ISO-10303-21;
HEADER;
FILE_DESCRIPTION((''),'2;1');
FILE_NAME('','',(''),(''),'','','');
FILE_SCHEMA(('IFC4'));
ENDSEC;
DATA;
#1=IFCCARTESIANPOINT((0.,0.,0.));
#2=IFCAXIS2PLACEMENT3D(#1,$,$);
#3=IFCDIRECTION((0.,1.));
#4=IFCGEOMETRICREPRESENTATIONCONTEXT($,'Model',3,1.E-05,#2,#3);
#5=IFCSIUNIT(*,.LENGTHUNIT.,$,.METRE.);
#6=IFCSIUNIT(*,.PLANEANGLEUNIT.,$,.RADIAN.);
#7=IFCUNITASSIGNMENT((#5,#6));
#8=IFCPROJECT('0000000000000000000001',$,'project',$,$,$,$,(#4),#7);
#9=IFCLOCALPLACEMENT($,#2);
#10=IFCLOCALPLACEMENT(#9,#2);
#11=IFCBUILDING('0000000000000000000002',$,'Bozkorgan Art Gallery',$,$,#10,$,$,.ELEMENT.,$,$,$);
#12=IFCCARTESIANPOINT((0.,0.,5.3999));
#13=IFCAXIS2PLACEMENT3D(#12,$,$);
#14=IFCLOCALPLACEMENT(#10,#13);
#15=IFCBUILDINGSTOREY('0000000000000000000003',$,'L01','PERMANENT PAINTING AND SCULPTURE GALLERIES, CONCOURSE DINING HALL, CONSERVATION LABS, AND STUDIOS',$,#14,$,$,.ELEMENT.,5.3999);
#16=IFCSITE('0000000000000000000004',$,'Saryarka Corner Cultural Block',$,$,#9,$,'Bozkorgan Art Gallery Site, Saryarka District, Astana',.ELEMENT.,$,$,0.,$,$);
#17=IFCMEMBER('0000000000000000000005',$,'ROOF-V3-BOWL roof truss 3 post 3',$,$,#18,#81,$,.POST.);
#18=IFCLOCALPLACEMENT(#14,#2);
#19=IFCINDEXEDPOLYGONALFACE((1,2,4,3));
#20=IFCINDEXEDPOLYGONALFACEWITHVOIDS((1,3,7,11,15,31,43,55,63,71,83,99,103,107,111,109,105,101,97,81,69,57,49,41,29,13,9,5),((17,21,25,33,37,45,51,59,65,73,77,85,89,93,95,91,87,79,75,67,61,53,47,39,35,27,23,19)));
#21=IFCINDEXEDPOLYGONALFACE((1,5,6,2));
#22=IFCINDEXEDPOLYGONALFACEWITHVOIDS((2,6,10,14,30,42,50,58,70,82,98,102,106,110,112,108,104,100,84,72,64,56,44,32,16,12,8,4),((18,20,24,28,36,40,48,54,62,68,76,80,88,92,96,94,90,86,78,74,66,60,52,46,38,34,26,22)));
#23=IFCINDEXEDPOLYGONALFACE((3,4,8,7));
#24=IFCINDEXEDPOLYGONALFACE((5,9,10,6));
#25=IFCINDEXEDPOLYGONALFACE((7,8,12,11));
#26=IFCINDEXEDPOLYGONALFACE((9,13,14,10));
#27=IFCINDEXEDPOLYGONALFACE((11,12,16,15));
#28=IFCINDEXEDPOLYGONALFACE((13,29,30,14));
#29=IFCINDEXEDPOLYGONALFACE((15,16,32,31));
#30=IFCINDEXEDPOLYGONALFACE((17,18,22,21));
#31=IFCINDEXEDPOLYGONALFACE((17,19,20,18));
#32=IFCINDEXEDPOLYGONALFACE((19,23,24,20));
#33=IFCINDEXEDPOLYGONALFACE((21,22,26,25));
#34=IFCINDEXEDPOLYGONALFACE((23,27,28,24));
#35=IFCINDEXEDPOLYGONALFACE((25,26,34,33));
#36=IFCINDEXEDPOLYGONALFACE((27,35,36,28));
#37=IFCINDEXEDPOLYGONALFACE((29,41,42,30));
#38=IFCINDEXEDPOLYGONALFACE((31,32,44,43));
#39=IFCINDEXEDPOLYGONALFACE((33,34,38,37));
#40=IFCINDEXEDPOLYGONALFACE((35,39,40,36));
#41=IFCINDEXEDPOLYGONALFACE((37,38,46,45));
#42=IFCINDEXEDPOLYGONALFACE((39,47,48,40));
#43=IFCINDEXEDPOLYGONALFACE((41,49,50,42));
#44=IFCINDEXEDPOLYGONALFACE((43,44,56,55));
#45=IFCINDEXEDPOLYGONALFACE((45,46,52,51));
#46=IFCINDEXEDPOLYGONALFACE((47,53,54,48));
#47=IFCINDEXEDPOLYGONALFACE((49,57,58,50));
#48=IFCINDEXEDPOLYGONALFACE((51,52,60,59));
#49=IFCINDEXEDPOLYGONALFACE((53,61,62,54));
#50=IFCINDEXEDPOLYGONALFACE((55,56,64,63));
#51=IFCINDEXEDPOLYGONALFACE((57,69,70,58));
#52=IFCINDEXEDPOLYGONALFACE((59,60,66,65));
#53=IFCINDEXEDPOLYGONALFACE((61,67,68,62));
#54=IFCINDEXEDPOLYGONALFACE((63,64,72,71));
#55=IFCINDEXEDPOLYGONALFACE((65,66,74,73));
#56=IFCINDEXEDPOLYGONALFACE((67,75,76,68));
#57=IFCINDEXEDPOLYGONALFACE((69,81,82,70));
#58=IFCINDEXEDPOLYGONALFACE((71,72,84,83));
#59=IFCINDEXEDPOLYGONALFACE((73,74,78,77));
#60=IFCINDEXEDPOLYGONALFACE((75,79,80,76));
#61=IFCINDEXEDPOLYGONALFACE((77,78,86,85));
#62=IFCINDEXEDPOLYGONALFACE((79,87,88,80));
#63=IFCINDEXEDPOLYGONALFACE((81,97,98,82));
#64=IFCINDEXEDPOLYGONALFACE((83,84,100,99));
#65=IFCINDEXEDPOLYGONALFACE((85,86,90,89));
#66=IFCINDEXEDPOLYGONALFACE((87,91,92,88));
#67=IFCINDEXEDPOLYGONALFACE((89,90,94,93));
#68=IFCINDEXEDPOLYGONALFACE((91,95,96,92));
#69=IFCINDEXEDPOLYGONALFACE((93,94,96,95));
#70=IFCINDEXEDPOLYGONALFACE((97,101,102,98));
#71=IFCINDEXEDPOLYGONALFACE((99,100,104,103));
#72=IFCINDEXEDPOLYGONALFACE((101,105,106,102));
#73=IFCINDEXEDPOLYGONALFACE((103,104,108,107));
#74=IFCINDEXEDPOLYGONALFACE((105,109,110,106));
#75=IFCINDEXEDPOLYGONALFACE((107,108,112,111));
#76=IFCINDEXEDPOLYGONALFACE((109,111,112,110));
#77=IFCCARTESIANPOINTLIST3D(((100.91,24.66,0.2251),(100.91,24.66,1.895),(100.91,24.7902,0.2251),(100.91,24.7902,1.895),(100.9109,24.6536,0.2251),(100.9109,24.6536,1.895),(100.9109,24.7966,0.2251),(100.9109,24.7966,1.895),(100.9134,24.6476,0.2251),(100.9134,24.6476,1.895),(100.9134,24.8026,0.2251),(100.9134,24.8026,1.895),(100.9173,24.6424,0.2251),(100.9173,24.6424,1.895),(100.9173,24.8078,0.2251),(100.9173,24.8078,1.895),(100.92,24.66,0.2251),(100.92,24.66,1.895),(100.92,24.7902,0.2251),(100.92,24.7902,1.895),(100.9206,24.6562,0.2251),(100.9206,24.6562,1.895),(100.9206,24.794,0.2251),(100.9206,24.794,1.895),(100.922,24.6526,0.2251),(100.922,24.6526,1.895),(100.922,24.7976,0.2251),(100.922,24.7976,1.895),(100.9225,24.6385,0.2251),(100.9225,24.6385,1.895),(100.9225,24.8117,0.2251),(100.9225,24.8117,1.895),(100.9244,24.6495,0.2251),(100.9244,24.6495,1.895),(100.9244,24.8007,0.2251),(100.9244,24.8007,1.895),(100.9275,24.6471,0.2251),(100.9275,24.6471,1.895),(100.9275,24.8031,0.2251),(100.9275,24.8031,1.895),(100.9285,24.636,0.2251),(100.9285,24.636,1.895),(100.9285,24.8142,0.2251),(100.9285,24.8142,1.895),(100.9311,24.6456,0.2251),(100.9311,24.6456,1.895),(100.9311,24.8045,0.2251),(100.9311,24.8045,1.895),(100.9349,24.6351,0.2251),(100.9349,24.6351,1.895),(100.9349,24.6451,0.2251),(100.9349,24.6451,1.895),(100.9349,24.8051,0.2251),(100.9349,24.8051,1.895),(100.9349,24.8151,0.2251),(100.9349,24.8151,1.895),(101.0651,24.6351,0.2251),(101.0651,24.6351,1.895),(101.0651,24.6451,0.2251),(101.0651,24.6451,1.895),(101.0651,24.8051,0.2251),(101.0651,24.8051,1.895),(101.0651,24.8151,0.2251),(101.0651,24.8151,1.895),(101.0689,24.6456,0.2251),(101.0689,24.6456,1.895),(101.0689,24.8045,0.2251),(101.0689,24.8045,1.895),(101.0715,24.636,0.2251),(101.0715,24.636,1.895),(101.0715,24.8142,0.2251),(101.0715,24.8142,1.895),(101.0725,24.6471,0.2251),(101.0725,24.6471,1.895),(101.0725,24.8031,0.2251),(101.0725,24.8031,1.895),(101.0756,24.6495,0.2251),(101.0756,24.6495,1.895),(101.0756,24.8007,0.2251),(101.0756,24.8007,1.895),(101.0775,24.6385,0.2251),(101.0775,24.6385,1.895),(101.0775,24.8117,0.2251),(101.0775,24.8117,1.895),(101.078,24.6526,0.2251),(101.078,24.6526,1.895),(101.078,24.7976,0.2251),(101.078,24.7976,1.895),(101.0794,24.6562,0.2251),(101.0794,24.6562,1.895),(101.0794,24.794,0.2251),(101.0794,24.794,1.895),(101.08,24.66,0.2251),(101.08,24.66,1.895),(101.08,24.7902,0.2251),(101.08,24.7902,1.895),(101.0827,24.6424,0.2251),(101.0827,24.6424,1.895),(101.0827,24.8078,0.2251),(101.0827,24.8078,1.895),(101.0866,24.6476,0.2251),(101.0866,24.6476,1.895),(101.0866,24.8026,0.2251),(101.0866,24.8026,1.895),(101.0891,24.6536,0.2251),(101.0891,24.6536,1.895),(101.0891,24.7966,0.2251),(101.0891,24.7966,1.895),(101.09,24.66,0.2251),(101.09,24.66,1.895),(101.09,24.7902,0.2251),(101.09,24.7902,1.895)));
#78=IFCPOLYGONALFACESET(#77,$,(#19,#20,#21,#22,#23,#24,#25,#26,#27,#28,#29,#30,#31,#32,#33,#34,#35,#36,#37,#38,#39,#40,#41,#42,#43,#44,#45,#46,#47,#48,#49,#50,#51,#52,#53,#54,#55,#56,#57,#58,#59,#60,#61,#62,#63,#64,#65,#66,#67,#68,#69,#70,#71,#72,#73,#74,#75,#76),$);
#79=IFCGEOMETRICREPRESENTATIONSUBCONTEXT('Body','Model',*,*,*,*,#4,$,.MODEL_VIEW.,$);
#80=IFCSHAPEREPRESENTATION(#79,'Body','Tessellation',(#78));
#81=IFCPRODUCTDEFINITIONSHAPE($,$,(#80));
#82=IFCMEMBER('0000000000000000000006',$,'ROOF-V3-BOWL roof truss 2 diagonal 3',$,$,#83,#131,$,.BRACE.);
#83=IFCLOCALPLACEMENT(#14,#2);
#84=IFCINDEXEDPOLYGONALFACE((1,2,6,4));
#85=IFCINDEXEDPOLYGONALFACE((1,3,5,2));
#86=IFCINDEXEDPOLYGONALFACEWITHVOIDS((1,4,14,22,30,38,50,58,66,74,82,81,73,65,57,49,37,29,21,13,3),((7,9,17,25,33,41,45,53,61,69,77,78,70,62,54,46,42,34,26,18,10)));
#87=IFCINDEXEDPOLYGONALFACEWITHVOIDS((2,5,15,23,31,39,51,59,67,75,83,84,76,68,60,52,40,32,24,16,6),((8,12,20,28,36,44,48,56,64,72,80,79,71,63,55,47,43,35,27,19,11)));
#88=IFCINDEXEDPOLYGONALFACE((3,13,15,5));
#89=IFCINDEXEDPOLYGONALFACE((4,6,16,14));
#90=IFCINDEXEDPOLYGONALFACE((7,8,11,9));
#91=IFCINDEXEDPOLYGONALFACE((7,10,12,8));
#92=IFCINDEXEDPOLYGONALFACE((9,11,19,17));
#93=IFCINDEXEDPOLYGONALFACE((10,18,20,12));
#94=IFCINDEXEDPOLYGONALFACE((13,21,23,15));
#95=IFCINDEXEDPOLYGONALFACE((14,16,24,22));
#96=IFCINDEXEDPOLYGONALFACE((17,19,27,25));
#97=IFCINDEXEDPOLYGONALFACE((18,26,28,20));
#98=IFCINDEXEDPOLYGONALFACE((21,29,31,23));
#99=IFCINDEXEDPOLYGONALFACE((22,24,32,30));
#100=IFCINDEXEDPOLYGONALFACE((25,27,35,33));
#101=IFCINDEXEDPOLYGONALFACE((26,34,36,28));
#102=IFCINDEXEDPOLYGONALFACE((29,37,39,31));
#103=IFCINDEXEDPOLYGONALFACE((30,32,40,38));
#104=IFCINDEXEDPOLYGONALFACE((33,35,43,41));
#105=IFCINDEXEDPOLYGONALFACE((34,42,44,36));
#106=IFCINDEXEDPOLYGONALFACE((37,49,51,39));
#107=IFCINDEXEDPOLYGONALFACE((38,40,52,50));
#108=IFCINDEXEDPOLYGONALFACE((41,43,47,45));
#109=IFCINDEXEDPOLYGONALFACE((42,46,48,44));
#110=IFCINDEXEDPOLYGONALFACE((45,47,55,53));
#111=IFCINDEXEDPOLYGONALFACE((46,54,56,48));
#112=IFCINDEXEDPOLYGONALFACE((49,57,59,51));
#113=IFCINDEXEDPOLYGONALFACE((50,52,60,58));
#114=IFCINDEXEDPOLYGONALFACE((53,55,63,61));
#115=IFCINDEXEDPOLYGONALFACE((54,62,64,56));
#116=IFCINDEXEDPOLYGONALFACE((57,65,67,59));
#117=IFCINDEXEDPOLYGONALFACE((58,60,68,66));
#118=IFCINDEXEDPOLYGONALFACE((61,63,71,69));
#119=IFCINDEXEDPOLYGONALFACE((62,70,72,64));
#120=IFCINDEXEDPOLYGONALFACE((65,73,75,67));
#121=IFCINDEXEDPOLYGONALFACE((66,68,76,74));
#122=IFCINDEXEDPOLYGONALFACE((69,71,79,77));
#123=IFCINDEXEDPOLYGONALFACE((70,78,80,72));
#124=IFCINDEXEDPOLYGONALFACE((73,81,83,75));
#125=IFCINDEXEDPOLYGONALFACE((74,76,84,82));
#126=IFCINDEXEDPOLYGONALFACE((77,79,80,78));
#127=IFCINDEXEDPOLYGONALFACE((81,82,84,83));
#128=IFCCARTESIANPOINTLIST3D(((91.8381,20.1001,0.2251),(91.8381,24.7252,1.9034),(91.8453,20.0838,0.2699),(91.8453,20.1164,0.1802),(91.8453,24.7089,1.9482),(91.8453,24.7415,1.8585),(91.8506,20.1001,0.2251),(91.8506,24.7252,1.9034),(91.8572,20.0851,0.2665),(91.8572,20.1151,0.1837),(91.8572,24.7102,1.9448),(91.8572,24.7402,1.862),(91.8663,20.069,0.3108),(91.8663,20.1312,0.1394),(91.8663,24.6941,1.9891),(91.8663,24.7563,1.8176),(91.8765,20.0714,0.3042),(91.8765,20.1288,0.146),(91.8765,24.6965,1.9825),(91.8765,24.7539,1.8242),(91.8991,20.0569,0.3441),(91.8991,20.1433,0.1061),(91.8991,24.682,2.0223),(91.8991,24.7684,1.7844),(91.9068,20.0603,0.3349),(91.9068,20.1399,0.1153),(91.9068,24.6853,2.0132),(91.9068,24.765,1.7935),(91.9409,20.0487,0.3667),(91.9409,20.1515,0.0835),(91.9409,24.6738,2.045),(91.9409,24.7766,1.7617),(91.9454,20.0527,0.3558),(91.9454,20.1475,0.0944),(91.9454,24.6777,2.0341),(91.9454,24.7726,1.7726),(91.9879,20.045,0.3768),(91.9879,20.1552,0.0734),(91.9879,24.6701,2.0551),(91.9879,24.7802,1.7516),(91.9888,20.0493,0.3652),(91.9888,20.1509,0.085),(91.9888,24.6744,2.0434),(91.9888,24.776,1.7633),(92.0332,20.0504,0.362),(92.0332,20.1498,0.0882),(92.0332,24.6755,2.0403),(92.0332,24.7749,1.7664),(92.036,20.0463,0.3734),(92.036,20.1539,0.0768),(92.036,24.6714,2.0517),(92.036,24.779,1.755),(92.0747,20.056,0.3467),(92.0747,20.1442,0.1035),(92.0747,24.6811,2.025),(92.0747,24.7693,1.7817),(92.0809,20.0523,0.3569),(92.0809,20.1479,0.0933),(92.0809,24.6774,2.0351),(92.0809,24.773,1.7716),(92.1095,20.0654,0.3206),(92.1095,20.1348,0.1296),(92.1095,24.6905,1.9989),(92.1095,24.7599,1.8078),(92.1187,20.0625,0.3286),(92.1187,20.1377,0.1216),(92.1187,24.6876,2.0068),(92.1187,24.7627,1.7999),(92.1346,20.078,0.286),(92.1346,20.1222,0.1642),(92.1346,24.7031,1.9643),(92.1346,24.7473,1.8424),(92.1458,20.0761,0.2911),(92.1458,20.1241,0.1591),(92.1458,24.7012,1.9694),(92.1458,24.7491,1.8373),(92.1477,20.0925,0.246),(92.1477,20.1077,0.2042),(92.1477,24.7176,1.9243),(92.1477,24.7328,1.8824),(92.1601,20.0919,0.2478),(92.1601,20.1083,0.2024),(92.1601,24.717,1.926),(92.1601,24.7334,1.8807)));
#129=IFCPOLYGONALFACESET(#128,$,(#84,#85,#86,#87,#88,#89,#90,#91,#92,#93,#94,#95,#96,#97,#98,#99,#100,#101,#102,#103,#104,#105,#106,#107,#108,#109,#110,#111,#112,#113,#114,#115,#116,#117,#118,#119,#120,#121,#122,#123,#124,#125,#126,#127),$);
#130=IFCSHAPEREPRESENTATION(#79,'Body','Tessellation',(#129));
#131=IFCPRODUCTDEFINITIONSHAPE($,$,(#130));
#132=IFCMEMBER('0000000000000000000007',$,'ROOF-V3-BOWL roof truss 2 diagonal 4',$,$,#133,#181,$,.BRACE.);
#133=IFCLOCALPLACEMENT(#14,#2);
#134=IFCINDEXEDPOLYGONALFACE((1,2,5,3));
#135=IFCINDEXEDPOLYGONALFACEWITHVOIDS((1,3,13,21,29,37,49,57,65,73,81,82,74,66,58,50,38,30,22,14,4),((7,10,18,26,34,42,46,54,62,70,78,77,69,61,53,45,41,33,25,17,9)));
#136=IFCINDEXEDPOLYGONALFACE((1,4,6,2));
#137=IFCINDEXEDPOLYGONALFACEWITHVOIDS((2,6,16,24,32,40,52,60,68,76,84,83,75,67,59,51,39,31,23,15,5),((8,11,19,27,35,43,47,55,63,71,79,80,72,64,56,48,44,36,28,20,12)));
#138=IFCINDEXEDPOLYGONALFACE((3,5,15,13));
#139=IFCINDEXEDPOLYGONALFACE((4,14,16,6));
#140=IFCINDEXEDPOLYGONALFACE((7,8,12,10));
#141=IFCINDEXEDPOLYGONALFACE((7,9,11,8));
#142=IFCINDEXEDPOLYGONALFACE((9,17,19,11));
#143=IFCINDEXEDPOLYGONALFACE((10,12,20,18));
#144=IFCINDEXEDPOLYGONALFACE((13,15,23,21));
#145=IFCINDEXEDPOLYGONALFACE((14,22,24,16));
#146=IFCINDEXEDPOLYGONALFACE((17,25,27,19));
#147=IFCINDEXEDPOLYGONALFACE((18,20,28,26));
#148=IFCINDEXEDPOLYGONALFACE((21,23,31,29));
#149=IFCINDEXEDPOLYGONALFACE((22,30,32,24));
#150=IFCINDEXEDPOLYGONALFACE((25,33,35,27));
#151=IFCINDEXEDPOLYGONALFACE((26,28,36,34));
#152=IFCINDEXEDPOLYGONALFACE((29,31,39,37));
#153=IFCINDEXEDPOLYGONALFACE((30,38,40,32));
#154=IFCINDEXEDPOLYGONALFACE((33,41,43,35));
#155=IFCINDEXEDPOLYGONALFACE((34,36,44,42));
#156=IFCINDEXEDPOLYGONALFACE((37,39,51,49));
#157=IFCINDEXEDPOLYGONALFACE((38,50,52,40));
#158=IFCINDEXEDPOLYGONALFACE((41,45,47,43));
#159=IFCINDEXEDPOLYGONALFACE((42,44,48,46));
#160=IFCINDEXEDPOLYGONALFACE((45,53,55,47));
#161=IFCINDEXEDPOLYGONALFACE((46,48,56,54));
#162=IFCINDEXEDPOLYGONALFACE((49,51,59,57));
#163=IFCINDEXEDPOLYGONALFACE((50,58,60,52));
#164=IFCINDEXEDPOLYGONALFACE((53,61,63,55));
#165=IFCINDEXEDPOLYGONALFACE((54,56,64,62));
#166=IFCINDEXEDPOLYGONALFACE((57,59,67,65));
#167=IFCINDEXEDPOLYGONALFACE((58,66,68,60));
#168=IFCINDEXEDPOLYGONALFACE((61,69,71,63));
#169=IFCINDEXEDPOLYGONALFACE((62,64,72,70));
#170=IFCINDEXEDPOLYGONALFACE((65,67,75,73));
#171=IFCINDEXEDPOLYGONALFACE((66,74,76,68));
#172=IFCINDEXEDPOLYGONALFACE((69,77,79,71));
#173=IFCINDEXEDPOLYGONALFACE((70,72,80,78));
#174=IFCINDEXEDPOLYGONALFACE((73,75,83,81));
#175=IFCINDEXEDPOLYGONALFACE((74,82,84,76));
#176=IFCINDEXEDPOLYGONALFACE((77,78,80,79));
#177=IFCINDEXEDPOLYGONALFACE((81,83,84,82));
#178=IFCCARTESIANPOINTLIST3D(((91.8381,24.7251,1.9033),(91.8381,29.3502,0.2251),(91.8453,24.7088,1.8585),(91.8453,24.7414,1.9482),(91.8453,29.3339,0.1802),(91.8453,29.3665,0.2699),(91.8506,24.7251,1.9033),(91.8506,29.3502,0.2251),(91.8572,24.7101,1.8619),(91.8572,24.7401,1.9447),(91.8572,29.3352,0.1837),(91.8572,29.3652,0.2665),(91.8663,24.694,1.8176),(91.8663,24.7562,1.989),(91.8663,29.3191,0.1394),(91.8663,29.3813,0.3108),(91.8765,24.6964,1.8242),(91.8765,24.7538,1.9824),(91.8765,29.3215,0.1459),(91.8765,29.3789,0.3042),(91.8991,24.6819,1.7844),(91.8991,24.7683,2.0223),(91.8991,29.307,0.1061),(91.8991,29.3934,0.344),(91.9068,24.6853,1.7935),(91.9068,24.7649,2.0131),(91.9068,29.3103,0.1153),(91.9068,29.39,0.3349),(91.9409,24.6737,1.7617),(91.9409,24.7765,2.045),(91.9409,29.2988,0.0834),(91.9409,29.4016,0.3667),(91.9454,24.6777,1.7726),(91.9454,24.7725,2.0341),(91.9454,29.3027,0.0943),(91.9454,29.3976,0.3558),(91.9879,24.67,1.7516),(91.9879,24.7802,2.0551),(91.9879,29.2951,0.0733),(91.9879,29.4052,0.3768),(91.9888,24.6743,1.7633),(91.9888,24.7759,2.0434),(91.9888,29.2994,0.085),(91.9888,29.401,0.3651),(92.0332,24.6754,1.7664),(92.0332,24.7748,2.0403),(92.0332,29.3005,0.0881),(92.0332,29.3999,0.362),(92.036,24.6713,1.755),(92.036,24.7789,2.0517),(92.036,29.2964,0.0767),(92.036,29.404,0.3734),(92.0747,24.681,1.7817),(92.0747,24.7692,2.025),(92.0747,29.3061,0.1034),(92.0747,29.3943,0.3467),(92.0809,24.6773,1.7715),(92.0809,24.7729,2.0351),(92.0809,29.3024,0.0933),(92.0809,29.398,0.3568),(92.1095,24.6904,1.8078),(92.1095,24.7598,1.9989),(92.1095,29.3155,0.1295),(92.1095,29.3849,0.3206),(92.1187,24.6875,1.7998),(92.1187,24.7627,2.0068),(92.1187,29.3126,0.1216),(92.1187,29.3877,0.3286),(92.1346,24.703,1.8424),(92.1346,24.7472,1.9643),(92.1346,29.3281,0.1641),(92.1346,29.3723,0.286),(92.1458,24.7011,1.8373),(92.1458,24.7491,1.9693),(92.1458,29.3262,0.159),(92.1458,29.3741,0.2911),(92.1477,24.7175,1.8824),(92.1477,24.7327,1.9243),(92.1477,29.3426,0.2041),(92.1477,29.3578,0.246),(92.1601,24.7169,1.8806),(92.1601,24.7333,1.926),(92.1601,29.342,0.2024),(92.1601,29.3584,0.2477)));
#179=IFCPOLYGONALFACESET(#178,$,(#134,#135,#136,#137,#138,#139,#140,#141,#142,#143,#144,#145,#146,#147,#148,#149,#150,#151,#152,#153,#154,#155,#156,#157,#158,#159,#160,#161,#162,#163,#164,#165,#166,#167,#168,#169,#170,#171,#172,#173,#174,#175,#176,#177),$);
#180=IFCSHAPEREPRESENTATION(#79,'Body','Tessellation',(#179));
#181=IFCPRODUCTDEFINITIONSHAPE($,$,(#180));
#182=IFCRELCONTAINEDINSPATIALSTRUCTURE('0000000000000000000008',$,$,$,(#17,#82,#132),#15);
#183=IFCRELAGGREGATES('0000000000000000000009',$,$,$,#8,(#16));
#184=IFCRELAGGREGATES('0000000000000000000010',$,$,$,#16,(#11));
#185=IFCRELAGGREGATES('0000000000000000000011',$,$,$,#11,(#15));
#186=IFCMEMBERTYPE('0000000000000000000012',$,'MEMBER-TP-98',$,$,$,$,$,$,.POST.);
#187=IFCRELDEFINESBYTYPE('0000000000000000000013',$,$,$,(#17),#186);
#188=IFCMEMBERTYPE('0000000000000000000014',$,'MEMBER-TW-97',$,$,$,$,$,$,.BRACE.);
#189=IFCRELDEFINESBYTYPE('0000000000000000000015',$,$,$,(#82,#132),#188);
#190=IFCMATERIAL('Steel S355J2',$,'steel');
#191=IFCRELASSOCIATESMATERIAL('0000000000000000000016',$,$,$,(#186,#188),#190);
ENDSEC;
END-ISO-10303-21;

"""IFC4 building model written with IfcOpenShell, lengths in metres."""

from ifc_helpers import new_model, si_unit, direction, frame, origin, origin_2d, place, context, subcontext, project, spatial, hollow_rectangle, hollow_circle, extrude, material, material_profile, profile_set, type_object, element, save


model = new_model("IFC4")

# Units and contexts
model_context = context("Model", 3, precision=1e-05, world=origin(), true_north=direction((0.0, 1.0)))
body_context = subcontext(model_context, "Body", "Model", "MODEL_VIEW")
ifc_project = project(units=[si_unit("LENGTHUNIT", "METRE"), si_unit("PLANEANGLEUNIT", "RADIAN")], contexts=[model_context])

# Site, building, storey
site_placement = place(None, origin())
site = spatial("IfcSite", under=ifc_project, at=site_placement, Name="Saryarka Corner Cultural Block", LongName="Bozkorgan Art Gallery Site, Saryarka District, Astana", CompositionType="ELEMENT", RefElevation=0.0)
building_placement = place(site_placement, origin())
building = spatial("IfcBuilding", under=site, at=building_placement, Name="Bozkorgan Art Gallery", CompositionType="ELEMENT")
storey_placement = place(building_placement, frame((0.0, 0.0, 5.3999)))
storey = spatial("IfcBuildingStorey", under=building, at=storey_placement, Name="L01", Description="PERMANENT PAINTING AND SCULPTURE GALLERIES, CONCOURSE DINING HALL, CONSERVATION LABS, AND STUDIOS", CompositionType="ELEMENT", Elevation=5.3999)

# Members
ifc_material_1 = material(Name="Steel S355J2", Category="steel")
ifc_material_profile_1 = material_profile(ifc_material_1, hollow_rectangle(XDim=0.1799, YDim=0.1799, WallThickness=0.01, InnerFilletRadius=0.0149, OuterFilletRadius=0.0249, at=origin_2d()), Name="SHS 180x180x10")
ifc_profile_set_1 = profile_set([ifc_material_profile_1], Name="Steel S355J2")
member_type_1 = type_object("IfcMemberType", Name="MEMBER-TP-98", PredefinedType="POST", material=ifc_profile_set_1)
member_1_placement = place(storey_placement, frame((101.0, 24.7251, 0.2251), z_axis=(0.0, 0.0, 1.0), x_axis=(1.0, 0.0, 0.0)))
element("IfcMember", 1, at=member_1_placement, inside=storey, type_object=member_type_1, Name="ROOF-V3-BOWL roof truss 3 post 3", PredefinedType="POST", context=body_context, shape_type="SweptSolid", body=[
    extrude(hollow_rectangle(XDim=0.1799, YDim=0.1799, WallThickness=0.01, InnerFilletRadius=0.0149, OuterFilletRadius=0.0249, at=origin_2d()), origin(), (0.0, 0.0, 1.0), 1.6699),
])
ifc_material_profile_2 = material_profile(ifc_material_1, hollow_circle(Radius=0.1619, WallThickness=0.0125, at=origin_2d()), Name="CHS 323.9x12.5")
ifc_profile_set_2 = profile_set([ifc_material_profile_2], Name="Steel S355J2")
member_type_2 = type_object("IfcMemberType", Name="MEMBER-TW-97", PredefinedType="BRACE", material=ifc_profile_set_2)
for number, where, z_axis, x_axis, name in (
    (2, (92.0, 20.1001, 0.2251), (0.0, 0.940028, 0.341098), (-1.0, 0.0, 0.0), "ROOF-V3-BOWL roof truss 2 diagonal 3"),
    (3, (92.0, 24.7251, 1.9033), (0.0, 0.940028, -0.341098), (-1.0, 0.0, 0.0), "ROOF-V3-BOWL roof truss 2 diagonal 4"),
):
    element("IfcMember", number, at=place(storey_placement, frame(where, z_axis=z_axis, x_axis=x_axis)), inside=storey, type_object=member_type_2, Name=name, PredefinedType="BRACE", context=body_context, shape_type="SweptSolid", body=[
        extrude(hollow_circle(Radius=0.1619, WallThickness=0.0125, at=origin_2d()), origin(), (0.0, 0.0, 1.0), 4.9202),
    ])

save(model, "model.ifc")
